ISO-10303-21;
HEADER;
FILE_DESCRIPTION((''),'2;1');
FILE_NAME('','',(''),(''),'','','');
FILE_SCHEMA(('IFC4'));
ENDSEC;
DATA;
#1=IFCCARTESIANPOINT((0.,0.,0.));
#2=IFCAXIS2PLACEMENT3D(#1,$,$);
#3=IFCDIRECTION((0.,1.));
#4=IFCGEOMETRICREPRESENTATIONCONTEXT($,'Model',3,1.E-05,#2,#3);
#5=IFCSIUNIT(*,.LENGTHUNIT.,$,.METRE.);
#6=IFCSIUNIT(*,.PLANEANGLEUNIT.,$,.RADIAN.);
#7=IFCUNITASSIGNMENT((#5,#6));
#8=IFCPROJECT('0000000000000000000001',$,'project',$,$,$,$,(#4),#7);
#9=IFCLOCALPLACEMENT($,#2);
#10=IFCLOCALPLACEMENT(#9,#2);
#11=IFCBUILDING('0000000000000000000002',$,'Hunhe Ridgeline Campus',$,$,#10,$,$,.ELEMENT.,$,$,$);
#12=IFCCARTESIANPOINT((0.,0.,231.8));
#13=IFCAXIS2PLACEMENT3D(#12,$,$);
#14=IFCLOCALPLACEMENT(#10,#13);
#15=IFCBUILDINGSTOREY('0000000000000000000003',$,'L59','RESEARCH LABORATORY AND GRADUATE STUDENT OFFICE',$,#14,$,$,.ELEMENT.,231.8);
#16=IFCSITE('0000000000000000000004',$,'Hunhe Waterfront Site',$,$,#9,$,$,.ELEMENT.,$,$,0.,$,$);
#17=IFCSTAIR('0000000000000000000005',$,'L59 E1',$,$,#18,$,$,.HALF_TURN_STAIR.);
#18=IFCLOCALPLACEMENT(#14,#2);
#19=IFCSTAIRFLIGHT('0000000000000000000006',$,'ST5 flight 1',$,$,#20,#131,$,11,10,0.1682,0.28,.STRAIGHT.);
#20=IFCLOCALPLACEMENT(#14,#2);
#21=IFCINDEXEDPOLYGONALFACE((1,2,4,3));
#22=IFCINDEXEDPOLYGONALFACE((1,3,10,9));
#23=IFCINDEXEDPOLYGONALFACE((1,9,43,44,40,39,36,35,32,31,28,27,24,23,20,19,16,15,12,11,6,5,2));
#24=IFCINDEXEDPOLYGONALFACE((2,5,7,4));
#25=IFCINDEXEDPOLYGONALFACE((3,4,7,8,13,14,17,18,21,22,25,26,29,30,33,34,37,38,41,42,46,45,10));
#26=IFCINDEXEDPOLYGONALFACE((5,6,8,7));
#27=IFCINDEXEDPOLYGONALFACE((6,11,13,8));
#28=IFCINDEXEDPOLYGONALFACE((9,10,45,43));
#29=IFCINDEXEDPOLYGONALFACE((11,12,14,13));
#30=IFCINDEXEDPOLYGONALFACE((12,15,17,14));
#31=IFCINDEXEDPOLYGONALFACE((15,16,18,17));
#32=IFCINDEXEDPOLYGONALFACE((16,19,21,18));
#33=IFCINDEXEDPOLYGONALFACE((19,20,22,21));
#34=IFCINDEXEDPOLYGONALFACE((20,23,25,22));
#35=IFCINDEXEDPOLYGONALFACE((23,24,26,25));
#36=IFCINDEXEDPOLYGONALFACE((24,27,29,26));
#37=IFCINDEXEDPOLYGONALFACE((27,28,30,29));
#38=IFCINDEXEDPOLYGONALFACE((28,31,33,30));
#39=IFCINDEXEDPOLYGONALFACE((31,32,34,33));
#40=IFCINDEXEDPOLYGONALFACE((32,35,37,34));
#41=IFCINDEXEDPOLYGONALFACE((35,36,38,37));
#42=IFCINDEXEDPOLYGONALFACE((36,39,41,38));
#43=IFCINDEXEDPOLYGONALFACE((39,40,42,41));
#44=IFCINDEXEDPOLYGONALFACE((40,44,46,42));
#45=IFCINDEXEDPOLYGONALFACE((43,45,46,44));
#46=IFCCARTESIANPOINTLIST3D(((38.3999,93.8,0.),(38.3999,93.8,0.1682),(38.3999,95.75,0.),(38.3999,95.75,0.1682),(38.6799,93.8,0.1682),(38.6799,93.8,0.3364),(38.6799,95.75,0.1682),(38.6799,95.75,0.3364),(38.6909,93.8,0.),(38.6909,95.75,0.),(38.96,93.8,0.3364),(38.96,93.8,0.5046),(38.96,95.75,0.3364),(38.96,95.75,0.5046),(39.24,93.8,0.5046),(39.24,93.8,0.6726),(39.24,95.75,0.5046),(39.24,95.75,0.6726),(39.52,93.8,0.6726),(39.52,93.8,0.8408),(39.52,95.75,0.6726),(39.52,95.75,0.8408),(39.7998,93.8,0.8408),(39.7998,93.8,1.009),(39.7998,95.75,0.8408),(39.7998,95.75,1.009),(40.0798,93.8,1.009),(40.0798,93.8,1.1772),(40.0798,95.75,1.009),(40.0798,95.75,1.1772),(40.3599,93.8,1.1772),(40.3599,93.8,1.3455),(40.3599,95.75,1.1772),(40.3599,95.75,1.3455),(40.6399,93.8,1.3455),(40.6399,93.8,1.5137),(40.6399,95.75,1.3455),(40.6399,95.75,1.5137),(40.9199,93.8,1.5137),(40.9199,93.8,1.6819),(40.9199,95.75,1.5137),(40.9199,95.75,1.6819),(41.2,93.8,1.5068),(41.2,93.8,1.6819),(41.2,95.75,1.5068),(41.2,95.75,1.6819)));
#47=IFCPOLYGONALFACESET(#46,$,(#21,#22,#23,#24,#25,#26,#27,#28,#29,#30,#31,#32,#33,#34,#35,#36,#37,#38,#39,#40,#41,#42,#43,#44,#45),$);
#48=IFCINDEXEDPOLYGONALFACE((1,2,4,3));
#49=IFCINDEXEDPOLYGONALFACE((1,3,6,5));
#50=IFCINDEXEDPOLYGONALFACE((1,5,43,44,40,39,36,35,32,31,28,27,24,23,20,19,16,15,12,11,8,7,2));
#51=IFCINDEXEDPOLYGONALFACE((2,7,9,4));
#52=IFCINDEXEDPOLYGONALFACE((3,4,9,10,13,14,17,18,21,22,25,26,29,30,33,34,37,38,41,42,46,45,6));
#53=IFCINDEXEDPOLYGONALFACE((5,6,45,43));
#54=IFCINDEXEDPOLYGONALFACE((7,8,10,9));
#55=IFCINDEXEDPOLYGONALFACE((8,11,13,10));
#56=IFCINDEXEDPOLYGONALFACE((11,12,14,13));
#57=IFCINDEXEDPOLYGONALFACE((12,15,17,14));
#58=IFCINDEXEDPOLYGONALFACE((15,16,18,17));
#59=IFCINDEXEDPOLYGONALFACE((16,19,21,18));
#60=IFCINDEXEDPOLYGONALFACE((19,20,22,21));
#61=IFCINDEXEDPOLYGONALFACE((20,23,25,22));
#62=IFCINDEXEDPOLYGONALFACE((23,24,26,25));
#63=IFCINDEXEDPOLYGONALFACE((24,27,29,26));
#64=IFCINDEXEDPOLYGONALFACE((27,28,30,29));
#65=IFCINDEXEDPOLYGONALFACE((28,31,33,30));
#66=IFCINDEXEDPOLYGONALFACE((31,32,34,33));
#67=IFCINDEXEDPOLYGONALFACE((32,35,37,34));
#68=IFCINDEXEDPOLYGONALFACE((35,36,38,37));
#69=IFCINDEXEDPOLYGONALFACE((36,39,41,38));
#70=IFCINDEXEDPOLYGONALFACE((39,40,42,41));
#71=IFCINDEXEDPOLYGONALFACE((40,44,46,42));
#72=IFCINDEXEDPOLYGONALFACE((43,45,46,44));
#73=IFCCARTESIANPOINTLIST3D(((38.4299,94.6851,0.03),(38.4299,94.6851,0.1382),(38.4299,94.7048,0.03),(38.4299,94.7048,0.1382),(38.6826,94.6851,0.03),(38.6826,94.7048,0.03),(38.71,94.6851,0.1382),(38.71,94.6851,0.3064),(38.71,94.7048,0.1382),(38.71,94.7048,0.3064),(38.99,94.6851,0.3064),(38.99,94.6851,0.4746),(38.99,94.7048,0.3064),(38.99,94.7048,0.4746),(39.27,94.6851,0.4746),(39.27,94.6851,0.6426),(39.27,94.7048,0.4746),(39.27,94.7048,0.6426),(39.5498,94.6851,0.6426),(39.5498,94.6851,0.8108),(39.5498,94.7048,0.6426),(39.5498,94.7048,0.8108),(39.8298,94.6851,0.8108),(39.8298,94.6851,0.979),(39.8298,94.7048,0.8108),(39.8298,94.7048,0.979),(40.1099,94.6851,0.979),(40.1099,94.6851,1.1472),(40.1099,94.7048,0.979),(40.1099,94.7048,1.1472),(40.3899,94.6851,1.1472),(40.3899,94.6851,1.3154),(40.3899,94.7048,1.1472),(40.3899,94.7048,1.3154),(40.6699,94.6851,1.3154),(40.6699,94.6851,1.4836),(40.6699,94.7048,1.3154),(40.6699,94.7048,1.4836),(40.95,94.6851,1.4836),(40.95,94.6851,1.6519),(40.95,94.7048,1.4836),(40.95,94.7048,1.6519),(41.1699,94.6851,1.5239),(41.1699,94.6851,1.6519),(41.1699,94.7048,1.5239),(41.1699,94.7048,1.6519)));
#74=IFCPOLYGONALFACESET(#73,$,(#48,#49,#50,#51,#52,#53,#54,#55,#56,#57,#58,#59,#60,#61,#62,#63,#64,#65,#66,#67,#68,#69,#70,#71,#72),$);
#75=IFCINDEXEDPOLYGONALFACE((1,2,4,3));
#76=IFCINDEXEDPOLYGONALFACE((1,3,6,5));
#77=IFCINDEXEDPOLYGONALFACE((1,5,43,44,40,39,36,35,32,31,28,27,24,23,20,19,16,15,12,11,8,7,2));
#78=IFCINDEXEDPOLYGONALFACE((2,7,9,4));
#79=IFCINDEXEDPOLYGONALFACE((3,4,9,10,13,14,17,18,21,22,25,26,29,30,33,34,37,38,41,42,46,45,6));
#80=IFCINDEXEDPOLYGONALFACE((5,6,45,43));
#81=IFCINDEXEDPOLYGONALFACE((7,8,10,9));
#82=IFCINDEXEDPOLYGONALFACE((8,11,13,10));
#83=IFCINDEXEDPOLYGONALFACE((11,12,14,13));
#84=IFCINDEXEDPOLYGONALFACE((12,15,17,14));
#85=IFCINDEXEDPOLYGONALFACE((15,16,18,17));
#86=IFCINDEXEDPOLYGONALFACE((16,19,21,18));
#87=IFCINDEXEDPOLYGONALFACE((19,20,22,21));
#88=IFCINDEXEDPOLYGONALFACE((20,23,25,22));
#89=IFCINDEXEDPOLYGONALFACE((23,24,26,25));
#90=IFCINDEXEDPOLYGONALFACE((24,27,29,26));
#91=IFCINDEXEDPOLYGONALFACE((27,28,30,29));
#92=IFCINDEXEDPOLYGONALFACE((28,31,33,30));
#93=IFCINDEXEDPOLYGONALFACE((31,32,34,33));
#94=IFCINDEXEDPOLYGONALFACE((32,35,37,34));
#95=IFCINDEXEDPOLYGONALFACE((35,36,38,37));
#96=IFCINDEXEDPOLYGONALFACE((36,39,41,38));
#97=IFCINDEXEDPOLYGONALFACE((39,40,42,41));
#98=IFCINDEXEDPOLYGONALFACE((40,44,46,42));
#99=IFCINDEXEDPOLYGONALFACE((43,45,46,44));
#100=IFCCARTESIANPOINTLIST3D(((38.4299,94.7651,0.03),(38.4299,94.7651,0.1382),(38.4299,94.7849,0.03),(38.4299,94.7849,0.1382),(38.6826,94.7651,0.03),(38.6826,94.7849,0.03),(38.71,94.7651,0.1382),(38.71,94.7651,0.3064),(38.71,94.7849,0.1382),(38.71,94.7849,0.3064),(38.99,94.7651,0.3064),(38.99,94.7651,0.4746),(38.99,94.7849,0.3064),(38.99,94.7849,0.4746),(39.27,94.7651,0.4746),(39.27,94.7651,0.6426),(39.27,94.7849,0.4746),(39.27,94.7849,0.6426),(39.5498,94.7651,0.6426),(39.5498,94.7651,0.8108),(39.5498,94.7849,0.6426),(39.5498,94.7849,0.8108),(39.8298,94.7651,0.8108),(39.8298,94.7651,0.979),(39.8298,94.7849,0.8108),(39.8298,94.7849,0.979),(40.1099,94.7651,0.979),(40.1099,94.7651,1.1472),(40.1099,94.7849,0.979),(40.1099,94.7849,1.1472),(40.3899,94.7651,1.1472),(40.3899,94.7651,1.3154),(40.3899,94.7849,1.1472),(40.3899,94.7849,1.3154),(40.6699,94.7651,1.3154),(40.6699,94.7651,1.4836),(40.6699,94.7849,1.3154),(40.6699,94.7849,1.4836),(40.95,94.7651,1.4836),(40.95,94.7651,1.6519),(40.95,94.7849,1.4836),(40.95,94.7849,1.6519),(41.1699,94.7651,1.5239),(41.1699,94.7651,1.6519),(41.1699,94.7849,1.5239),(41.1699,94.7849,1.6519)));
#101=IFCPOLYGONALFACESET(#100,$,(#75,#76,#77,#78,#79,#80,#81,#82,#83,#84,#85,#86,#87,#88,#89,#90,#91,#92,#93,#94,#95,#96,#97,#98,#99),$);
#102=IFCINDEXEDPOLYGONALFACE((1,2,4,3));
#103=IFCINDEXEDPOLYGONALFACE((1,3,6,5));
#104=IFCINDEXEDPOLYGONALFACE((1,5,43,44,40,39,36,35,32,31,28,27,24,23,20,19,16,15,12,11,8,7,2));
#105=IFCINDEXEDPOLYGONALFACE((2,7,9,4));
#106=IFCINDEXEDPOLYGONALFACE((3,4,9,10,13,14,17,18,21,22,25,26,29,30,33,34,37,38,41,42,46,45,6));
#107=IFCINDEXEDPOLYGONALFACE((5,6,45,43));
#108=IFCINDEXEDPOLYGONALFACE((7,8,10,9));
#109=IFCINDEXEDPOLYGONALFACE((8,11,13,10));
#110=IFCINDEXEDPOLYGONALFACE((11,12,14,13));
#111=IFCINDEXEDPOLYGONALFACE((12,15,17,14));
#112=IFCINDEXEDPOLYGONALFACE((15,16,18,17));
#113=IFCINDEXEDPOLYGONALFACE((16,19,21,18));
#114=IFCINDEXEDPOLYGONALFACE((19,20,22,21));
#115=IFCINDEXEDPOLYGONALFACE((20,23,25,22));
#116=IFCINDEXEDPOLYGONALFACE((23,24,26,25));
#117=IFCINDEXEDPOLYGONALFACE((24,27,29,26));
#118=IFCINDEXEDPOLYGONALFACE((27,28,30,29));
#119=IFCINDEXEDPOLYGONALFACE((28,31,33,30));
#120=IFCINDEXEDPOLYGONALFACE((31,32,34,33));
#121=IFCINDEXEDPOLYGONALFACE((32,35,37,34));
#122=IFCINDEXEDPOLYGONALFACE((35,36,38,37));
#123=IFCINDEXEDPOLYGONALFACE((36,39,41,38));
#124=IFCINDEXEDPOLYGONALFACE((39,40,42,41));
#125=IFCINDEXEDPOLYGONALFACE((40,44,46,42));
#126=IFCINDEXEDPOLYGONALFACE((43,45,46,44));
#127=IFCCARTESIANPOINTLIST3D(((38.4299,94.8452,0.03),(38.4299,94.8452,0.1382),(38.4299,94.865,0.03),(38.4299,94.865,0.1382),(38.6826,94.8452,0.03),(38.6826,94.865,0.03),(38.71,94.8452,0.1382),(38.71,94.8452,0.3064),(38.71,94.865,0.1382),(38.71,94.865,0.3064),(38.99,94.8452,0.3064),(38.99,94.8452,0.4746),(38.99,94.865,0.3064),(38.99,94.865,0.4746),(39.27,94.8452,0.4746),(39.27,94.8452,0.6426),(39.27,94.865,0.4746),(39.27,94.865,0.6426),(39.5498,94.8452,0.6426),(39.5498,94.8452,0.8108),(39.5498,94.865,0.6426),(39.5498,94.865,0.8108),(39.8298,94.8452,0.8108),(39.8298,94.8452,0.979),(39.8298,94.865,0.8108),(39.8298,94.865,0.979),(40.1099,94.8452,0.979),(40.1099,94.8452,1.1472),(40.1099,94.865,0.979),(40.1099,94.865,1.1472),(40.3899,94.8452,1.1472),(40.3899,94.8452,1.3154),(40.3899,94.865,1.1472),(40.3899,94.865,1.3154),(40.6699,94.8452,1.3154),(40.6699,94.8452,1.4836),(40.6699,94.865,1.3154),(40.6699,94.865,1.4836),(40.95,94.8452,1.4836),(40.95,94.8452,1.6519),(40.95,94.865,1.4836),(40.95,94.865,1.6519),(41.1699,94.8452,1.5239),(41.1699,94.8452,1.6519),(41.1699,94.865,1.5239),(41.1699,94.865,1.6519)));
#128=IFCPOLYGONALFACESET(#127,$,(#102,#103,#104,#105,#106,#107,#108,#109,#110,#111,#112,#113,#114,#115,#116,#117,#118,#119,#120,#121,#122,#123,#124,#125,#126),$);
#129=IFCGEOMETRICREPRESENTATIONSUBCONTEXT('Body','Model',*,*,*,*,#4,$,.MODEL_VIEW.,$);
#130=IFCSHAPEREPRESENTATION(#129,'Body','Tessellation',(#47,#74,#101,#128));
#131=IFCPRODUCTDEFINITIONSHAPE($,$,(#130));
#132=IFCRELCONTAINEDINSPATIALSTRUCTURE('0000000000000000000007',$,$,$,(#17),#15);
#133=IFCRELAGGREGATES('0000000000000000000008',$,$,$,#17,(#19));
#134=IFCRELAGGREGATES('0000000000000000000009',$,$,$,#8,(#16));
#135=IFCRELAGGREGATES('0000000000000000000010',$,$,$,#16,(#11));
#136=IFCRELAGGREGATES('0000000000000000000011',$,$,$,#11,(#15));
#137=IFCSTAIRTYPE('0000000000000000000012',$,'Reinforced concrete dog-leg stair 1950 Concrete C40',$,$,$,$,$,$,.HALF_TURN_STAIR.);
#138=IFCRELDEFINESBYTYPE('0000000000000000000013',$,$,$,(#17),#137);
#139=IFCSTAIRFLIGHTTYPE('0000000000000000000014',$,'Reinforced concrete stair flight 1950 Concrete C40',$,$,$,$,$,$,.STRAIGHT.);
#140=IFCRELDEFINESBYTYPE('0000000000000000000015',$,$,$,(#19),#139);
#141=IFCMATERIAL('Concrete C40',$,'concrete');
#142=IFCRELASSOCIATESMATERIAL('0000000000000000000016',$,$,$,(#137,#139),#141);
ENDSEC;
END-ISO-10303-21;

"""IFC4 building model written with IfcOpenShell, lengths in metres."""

from ifc_helpers import new_model, si_unit, direction, frame, origin, place, context, subcontext, project, spatial, polyline, outline, extrude, material, type_object, element, aggregate, save


model = new_model("IFC4")

# Units and contexts
model_context = context("Model", 3, precision=1e-05, world=origin(), true_north=direction((0.0, 1.0)))
body_context = subcontext(model_context, "Body", "Model", "MODEL_VIEW")
ifc_project = project(units=[si_unit("LENGTHUNIT", "METRE"), si_unit("PLANEANGLEUNIT", "RADIAN")], contexts=[model_context])

# Site, building, storey
site_placement = place(None, origin())
site = spatial("IfcSite", under=ifc_project, at=site_placement, Name="Hunhe Waterfront Site", CompositionType="ELEMENT", RefElevation=0.0)
building_placement = place(site_placement, origin())
building = spatial("IfcBuilding", under=site, at=building_placement, Name="Hunhe Ridgeline Campus", CompositionType="ELEMENT")
storey_placement = place(building_placement, frame((0.0, 0.0, 231.8)))
storey = spatial("IfcBuildingStorey", under=building, at=storey_placement, Name="L59", Description="RESEARCH LABORATORY AND GRADUATE STUDENT OFFICE", CompositionType="ELEMENT", Elevation=231.8)

# Stair, stair flight
ifc_material_1 = material(Name="Concrete C40", Category="concrete")
stair_type = type_object("IfcStairType", Name="Reinforced concrete dog-leg stair 1950 Concrete C40", PredefinedType="HALF_TURN_STAIR", material=ifc_material_1)
stair_placement = place(storey_placement, origin())
stair = element("IfcStair", 1, at=stair_placement, inside=storey, type_object=stair_type, Name="L59 E1", PredefinedType="HALF_TURN_STAIR")
stair_flight_type = type_object("IfcStairFlightType", Name="Reinforced concrete stair flight 1950 Concrete C40", PredefinedType="STRAIGHT", material=ifc_material_1)
stair_flight_1_placement = place(storey_placement, frame((38.3999, 94.7749, 0.0), z_axis=(0.0, 0.0, 1.0), x_axis=(1.0, 0.0, 0.0)))
stair_flight_1 = element("IfcStairFlight", 2, at=stair_flight_1_placement, type_object=stair_flight_type, Name="ST5 flight 1", NumberOfRisers=11, NumberOfTreads=10, PredefinedType="STRAIGHT", RiserHeight=0.1682, TreadLength=0.28, context=body_context, shape_type="SweptSolid", body=[
    extrude(outline(polyline([(0.0, 0.0), (0.0, 0.1682), (0.28, 0.1682), (0.28, 0.3364), (0.5601, 0.3364), (0.5601, 0.5046), (0.8401, 0.5046), (0.8401, 0.6726), (1.1201, 0.6726), (1.1201, 0.8408), (1.3999, 0.8408), (1.3999, 1.009), (1.6799, 1.009), (1.6799, 1.1772), (1.96, 1.1772), (1.96, 1.3455), (2.24, 1.3455), (2.24, 1.5137), (2.52, 1.5137), (2.52, 1.6819), (2.8, 1.6819), (2.8, 1.8501), (2.8, 1.5068), (0.291, 0.0), (0.0, 0.0)])), frame((0.0, 0.9751, 0.0), z_axis=(0.0, -1.0, 0.0), x_axis=(1.0, 0.0, 0.0)), (0.0, 0.0, 1.0), 1.95),
    extrude(outline(polyline([(0.03, 0.03), (0.03, 0.1382), (0.3101, 0.1382), (0.3101, 0.3064), (0.5901, 0.3064), (0.5901, 0.4746), (0.8701, 0.4746), (0.8701, 0.6426), (1.1499, 0.6426), (1.1499, 0.8108), (1.4299, 0.8108), (1.4299, 0.979), (1.71, 0.979), (1.71, 1.1472), (1.99, 1.1472), (1.99, 1.3154), (2.27, 1.3154), (2.27, 1.4836), (2.55, 1.4836), (2.55, 1.6519), (2.77, 1.6519), (2.77, 1.5239), (0.2827, 0.03), (0.03, 0.03)])), frame((0.0, -0.0701, 0.0), z_axis=(0.0, -1.0, 0.0), x_axis=(1.0, 0.0, 0.0)), (0.0, 0.0, 1.0), 0.0198),
    extrude(outline(polyline([(0.03, 0.03), (0.03, 0.1382), (0.3101, 0.1382), (0.3101, 0.3064), (0.5901, 0.3064), (0.5901, 0.4746), (0.8701, 0.4746), (0.8701, 0.6426), (1.1499, 0.6426), (1.1499, 0.8108), (1.4299, 0.8108), (1.4299, 0.979), (1.71, 0.979), (1.71, 1.1472), (1.99, 1.1472), (1.99, 1.3154), (2.27, 1.3154), (2.27, 1.4836), (2.55, 1.4836), (2.55, 1.6519), (2.77, 1.6519), (2.77, 1.5239), (0.2827, 0.03), (0.03, 0.03)])), frame((0.0, 0.01, 0.0), z_axis=(0.0, -1.0, 0.0), x_axis=(1.0, 0.0, 0.0)), (0.0, 0.0, 1.0), 0.0198),
    extrude(outline(polyline([(0.03, 0.03), (0.03, 0.1382), (0.3101, 0.1382), (0.3101, 0.3064), (0.5901, 0.3064), (0.5901, 0.4746), (0.8701, 0.4746), (0.8701, 0.6426), (1.1499, 0.6426), (1.1499, 0.8108), (1.4299, 0.8108), (1.4299, 0.979), (1.71, 0.979), (1.71, 1.1472), (1.99, 1.1472), (1.99, 1.3154), (2.27, 1.3154), (2.27, 1.4836), (2.55, 1.4836), (2.55, 1.6519), (2.77, 1.6519), (2.77, 1.5239), (0.2827, 0.03), (0.03, 0.03)])), frame((0.0, 0.0901, 0.0), z_axis=(0.0, -1.0, 0.0), x_axis=(1.0, 0.0, 0.0)), (0.0, 0.0, 1.0), 0.0198),
])
aggregate(stair, [stair_flight_1])

save(model, "model.ifc")
